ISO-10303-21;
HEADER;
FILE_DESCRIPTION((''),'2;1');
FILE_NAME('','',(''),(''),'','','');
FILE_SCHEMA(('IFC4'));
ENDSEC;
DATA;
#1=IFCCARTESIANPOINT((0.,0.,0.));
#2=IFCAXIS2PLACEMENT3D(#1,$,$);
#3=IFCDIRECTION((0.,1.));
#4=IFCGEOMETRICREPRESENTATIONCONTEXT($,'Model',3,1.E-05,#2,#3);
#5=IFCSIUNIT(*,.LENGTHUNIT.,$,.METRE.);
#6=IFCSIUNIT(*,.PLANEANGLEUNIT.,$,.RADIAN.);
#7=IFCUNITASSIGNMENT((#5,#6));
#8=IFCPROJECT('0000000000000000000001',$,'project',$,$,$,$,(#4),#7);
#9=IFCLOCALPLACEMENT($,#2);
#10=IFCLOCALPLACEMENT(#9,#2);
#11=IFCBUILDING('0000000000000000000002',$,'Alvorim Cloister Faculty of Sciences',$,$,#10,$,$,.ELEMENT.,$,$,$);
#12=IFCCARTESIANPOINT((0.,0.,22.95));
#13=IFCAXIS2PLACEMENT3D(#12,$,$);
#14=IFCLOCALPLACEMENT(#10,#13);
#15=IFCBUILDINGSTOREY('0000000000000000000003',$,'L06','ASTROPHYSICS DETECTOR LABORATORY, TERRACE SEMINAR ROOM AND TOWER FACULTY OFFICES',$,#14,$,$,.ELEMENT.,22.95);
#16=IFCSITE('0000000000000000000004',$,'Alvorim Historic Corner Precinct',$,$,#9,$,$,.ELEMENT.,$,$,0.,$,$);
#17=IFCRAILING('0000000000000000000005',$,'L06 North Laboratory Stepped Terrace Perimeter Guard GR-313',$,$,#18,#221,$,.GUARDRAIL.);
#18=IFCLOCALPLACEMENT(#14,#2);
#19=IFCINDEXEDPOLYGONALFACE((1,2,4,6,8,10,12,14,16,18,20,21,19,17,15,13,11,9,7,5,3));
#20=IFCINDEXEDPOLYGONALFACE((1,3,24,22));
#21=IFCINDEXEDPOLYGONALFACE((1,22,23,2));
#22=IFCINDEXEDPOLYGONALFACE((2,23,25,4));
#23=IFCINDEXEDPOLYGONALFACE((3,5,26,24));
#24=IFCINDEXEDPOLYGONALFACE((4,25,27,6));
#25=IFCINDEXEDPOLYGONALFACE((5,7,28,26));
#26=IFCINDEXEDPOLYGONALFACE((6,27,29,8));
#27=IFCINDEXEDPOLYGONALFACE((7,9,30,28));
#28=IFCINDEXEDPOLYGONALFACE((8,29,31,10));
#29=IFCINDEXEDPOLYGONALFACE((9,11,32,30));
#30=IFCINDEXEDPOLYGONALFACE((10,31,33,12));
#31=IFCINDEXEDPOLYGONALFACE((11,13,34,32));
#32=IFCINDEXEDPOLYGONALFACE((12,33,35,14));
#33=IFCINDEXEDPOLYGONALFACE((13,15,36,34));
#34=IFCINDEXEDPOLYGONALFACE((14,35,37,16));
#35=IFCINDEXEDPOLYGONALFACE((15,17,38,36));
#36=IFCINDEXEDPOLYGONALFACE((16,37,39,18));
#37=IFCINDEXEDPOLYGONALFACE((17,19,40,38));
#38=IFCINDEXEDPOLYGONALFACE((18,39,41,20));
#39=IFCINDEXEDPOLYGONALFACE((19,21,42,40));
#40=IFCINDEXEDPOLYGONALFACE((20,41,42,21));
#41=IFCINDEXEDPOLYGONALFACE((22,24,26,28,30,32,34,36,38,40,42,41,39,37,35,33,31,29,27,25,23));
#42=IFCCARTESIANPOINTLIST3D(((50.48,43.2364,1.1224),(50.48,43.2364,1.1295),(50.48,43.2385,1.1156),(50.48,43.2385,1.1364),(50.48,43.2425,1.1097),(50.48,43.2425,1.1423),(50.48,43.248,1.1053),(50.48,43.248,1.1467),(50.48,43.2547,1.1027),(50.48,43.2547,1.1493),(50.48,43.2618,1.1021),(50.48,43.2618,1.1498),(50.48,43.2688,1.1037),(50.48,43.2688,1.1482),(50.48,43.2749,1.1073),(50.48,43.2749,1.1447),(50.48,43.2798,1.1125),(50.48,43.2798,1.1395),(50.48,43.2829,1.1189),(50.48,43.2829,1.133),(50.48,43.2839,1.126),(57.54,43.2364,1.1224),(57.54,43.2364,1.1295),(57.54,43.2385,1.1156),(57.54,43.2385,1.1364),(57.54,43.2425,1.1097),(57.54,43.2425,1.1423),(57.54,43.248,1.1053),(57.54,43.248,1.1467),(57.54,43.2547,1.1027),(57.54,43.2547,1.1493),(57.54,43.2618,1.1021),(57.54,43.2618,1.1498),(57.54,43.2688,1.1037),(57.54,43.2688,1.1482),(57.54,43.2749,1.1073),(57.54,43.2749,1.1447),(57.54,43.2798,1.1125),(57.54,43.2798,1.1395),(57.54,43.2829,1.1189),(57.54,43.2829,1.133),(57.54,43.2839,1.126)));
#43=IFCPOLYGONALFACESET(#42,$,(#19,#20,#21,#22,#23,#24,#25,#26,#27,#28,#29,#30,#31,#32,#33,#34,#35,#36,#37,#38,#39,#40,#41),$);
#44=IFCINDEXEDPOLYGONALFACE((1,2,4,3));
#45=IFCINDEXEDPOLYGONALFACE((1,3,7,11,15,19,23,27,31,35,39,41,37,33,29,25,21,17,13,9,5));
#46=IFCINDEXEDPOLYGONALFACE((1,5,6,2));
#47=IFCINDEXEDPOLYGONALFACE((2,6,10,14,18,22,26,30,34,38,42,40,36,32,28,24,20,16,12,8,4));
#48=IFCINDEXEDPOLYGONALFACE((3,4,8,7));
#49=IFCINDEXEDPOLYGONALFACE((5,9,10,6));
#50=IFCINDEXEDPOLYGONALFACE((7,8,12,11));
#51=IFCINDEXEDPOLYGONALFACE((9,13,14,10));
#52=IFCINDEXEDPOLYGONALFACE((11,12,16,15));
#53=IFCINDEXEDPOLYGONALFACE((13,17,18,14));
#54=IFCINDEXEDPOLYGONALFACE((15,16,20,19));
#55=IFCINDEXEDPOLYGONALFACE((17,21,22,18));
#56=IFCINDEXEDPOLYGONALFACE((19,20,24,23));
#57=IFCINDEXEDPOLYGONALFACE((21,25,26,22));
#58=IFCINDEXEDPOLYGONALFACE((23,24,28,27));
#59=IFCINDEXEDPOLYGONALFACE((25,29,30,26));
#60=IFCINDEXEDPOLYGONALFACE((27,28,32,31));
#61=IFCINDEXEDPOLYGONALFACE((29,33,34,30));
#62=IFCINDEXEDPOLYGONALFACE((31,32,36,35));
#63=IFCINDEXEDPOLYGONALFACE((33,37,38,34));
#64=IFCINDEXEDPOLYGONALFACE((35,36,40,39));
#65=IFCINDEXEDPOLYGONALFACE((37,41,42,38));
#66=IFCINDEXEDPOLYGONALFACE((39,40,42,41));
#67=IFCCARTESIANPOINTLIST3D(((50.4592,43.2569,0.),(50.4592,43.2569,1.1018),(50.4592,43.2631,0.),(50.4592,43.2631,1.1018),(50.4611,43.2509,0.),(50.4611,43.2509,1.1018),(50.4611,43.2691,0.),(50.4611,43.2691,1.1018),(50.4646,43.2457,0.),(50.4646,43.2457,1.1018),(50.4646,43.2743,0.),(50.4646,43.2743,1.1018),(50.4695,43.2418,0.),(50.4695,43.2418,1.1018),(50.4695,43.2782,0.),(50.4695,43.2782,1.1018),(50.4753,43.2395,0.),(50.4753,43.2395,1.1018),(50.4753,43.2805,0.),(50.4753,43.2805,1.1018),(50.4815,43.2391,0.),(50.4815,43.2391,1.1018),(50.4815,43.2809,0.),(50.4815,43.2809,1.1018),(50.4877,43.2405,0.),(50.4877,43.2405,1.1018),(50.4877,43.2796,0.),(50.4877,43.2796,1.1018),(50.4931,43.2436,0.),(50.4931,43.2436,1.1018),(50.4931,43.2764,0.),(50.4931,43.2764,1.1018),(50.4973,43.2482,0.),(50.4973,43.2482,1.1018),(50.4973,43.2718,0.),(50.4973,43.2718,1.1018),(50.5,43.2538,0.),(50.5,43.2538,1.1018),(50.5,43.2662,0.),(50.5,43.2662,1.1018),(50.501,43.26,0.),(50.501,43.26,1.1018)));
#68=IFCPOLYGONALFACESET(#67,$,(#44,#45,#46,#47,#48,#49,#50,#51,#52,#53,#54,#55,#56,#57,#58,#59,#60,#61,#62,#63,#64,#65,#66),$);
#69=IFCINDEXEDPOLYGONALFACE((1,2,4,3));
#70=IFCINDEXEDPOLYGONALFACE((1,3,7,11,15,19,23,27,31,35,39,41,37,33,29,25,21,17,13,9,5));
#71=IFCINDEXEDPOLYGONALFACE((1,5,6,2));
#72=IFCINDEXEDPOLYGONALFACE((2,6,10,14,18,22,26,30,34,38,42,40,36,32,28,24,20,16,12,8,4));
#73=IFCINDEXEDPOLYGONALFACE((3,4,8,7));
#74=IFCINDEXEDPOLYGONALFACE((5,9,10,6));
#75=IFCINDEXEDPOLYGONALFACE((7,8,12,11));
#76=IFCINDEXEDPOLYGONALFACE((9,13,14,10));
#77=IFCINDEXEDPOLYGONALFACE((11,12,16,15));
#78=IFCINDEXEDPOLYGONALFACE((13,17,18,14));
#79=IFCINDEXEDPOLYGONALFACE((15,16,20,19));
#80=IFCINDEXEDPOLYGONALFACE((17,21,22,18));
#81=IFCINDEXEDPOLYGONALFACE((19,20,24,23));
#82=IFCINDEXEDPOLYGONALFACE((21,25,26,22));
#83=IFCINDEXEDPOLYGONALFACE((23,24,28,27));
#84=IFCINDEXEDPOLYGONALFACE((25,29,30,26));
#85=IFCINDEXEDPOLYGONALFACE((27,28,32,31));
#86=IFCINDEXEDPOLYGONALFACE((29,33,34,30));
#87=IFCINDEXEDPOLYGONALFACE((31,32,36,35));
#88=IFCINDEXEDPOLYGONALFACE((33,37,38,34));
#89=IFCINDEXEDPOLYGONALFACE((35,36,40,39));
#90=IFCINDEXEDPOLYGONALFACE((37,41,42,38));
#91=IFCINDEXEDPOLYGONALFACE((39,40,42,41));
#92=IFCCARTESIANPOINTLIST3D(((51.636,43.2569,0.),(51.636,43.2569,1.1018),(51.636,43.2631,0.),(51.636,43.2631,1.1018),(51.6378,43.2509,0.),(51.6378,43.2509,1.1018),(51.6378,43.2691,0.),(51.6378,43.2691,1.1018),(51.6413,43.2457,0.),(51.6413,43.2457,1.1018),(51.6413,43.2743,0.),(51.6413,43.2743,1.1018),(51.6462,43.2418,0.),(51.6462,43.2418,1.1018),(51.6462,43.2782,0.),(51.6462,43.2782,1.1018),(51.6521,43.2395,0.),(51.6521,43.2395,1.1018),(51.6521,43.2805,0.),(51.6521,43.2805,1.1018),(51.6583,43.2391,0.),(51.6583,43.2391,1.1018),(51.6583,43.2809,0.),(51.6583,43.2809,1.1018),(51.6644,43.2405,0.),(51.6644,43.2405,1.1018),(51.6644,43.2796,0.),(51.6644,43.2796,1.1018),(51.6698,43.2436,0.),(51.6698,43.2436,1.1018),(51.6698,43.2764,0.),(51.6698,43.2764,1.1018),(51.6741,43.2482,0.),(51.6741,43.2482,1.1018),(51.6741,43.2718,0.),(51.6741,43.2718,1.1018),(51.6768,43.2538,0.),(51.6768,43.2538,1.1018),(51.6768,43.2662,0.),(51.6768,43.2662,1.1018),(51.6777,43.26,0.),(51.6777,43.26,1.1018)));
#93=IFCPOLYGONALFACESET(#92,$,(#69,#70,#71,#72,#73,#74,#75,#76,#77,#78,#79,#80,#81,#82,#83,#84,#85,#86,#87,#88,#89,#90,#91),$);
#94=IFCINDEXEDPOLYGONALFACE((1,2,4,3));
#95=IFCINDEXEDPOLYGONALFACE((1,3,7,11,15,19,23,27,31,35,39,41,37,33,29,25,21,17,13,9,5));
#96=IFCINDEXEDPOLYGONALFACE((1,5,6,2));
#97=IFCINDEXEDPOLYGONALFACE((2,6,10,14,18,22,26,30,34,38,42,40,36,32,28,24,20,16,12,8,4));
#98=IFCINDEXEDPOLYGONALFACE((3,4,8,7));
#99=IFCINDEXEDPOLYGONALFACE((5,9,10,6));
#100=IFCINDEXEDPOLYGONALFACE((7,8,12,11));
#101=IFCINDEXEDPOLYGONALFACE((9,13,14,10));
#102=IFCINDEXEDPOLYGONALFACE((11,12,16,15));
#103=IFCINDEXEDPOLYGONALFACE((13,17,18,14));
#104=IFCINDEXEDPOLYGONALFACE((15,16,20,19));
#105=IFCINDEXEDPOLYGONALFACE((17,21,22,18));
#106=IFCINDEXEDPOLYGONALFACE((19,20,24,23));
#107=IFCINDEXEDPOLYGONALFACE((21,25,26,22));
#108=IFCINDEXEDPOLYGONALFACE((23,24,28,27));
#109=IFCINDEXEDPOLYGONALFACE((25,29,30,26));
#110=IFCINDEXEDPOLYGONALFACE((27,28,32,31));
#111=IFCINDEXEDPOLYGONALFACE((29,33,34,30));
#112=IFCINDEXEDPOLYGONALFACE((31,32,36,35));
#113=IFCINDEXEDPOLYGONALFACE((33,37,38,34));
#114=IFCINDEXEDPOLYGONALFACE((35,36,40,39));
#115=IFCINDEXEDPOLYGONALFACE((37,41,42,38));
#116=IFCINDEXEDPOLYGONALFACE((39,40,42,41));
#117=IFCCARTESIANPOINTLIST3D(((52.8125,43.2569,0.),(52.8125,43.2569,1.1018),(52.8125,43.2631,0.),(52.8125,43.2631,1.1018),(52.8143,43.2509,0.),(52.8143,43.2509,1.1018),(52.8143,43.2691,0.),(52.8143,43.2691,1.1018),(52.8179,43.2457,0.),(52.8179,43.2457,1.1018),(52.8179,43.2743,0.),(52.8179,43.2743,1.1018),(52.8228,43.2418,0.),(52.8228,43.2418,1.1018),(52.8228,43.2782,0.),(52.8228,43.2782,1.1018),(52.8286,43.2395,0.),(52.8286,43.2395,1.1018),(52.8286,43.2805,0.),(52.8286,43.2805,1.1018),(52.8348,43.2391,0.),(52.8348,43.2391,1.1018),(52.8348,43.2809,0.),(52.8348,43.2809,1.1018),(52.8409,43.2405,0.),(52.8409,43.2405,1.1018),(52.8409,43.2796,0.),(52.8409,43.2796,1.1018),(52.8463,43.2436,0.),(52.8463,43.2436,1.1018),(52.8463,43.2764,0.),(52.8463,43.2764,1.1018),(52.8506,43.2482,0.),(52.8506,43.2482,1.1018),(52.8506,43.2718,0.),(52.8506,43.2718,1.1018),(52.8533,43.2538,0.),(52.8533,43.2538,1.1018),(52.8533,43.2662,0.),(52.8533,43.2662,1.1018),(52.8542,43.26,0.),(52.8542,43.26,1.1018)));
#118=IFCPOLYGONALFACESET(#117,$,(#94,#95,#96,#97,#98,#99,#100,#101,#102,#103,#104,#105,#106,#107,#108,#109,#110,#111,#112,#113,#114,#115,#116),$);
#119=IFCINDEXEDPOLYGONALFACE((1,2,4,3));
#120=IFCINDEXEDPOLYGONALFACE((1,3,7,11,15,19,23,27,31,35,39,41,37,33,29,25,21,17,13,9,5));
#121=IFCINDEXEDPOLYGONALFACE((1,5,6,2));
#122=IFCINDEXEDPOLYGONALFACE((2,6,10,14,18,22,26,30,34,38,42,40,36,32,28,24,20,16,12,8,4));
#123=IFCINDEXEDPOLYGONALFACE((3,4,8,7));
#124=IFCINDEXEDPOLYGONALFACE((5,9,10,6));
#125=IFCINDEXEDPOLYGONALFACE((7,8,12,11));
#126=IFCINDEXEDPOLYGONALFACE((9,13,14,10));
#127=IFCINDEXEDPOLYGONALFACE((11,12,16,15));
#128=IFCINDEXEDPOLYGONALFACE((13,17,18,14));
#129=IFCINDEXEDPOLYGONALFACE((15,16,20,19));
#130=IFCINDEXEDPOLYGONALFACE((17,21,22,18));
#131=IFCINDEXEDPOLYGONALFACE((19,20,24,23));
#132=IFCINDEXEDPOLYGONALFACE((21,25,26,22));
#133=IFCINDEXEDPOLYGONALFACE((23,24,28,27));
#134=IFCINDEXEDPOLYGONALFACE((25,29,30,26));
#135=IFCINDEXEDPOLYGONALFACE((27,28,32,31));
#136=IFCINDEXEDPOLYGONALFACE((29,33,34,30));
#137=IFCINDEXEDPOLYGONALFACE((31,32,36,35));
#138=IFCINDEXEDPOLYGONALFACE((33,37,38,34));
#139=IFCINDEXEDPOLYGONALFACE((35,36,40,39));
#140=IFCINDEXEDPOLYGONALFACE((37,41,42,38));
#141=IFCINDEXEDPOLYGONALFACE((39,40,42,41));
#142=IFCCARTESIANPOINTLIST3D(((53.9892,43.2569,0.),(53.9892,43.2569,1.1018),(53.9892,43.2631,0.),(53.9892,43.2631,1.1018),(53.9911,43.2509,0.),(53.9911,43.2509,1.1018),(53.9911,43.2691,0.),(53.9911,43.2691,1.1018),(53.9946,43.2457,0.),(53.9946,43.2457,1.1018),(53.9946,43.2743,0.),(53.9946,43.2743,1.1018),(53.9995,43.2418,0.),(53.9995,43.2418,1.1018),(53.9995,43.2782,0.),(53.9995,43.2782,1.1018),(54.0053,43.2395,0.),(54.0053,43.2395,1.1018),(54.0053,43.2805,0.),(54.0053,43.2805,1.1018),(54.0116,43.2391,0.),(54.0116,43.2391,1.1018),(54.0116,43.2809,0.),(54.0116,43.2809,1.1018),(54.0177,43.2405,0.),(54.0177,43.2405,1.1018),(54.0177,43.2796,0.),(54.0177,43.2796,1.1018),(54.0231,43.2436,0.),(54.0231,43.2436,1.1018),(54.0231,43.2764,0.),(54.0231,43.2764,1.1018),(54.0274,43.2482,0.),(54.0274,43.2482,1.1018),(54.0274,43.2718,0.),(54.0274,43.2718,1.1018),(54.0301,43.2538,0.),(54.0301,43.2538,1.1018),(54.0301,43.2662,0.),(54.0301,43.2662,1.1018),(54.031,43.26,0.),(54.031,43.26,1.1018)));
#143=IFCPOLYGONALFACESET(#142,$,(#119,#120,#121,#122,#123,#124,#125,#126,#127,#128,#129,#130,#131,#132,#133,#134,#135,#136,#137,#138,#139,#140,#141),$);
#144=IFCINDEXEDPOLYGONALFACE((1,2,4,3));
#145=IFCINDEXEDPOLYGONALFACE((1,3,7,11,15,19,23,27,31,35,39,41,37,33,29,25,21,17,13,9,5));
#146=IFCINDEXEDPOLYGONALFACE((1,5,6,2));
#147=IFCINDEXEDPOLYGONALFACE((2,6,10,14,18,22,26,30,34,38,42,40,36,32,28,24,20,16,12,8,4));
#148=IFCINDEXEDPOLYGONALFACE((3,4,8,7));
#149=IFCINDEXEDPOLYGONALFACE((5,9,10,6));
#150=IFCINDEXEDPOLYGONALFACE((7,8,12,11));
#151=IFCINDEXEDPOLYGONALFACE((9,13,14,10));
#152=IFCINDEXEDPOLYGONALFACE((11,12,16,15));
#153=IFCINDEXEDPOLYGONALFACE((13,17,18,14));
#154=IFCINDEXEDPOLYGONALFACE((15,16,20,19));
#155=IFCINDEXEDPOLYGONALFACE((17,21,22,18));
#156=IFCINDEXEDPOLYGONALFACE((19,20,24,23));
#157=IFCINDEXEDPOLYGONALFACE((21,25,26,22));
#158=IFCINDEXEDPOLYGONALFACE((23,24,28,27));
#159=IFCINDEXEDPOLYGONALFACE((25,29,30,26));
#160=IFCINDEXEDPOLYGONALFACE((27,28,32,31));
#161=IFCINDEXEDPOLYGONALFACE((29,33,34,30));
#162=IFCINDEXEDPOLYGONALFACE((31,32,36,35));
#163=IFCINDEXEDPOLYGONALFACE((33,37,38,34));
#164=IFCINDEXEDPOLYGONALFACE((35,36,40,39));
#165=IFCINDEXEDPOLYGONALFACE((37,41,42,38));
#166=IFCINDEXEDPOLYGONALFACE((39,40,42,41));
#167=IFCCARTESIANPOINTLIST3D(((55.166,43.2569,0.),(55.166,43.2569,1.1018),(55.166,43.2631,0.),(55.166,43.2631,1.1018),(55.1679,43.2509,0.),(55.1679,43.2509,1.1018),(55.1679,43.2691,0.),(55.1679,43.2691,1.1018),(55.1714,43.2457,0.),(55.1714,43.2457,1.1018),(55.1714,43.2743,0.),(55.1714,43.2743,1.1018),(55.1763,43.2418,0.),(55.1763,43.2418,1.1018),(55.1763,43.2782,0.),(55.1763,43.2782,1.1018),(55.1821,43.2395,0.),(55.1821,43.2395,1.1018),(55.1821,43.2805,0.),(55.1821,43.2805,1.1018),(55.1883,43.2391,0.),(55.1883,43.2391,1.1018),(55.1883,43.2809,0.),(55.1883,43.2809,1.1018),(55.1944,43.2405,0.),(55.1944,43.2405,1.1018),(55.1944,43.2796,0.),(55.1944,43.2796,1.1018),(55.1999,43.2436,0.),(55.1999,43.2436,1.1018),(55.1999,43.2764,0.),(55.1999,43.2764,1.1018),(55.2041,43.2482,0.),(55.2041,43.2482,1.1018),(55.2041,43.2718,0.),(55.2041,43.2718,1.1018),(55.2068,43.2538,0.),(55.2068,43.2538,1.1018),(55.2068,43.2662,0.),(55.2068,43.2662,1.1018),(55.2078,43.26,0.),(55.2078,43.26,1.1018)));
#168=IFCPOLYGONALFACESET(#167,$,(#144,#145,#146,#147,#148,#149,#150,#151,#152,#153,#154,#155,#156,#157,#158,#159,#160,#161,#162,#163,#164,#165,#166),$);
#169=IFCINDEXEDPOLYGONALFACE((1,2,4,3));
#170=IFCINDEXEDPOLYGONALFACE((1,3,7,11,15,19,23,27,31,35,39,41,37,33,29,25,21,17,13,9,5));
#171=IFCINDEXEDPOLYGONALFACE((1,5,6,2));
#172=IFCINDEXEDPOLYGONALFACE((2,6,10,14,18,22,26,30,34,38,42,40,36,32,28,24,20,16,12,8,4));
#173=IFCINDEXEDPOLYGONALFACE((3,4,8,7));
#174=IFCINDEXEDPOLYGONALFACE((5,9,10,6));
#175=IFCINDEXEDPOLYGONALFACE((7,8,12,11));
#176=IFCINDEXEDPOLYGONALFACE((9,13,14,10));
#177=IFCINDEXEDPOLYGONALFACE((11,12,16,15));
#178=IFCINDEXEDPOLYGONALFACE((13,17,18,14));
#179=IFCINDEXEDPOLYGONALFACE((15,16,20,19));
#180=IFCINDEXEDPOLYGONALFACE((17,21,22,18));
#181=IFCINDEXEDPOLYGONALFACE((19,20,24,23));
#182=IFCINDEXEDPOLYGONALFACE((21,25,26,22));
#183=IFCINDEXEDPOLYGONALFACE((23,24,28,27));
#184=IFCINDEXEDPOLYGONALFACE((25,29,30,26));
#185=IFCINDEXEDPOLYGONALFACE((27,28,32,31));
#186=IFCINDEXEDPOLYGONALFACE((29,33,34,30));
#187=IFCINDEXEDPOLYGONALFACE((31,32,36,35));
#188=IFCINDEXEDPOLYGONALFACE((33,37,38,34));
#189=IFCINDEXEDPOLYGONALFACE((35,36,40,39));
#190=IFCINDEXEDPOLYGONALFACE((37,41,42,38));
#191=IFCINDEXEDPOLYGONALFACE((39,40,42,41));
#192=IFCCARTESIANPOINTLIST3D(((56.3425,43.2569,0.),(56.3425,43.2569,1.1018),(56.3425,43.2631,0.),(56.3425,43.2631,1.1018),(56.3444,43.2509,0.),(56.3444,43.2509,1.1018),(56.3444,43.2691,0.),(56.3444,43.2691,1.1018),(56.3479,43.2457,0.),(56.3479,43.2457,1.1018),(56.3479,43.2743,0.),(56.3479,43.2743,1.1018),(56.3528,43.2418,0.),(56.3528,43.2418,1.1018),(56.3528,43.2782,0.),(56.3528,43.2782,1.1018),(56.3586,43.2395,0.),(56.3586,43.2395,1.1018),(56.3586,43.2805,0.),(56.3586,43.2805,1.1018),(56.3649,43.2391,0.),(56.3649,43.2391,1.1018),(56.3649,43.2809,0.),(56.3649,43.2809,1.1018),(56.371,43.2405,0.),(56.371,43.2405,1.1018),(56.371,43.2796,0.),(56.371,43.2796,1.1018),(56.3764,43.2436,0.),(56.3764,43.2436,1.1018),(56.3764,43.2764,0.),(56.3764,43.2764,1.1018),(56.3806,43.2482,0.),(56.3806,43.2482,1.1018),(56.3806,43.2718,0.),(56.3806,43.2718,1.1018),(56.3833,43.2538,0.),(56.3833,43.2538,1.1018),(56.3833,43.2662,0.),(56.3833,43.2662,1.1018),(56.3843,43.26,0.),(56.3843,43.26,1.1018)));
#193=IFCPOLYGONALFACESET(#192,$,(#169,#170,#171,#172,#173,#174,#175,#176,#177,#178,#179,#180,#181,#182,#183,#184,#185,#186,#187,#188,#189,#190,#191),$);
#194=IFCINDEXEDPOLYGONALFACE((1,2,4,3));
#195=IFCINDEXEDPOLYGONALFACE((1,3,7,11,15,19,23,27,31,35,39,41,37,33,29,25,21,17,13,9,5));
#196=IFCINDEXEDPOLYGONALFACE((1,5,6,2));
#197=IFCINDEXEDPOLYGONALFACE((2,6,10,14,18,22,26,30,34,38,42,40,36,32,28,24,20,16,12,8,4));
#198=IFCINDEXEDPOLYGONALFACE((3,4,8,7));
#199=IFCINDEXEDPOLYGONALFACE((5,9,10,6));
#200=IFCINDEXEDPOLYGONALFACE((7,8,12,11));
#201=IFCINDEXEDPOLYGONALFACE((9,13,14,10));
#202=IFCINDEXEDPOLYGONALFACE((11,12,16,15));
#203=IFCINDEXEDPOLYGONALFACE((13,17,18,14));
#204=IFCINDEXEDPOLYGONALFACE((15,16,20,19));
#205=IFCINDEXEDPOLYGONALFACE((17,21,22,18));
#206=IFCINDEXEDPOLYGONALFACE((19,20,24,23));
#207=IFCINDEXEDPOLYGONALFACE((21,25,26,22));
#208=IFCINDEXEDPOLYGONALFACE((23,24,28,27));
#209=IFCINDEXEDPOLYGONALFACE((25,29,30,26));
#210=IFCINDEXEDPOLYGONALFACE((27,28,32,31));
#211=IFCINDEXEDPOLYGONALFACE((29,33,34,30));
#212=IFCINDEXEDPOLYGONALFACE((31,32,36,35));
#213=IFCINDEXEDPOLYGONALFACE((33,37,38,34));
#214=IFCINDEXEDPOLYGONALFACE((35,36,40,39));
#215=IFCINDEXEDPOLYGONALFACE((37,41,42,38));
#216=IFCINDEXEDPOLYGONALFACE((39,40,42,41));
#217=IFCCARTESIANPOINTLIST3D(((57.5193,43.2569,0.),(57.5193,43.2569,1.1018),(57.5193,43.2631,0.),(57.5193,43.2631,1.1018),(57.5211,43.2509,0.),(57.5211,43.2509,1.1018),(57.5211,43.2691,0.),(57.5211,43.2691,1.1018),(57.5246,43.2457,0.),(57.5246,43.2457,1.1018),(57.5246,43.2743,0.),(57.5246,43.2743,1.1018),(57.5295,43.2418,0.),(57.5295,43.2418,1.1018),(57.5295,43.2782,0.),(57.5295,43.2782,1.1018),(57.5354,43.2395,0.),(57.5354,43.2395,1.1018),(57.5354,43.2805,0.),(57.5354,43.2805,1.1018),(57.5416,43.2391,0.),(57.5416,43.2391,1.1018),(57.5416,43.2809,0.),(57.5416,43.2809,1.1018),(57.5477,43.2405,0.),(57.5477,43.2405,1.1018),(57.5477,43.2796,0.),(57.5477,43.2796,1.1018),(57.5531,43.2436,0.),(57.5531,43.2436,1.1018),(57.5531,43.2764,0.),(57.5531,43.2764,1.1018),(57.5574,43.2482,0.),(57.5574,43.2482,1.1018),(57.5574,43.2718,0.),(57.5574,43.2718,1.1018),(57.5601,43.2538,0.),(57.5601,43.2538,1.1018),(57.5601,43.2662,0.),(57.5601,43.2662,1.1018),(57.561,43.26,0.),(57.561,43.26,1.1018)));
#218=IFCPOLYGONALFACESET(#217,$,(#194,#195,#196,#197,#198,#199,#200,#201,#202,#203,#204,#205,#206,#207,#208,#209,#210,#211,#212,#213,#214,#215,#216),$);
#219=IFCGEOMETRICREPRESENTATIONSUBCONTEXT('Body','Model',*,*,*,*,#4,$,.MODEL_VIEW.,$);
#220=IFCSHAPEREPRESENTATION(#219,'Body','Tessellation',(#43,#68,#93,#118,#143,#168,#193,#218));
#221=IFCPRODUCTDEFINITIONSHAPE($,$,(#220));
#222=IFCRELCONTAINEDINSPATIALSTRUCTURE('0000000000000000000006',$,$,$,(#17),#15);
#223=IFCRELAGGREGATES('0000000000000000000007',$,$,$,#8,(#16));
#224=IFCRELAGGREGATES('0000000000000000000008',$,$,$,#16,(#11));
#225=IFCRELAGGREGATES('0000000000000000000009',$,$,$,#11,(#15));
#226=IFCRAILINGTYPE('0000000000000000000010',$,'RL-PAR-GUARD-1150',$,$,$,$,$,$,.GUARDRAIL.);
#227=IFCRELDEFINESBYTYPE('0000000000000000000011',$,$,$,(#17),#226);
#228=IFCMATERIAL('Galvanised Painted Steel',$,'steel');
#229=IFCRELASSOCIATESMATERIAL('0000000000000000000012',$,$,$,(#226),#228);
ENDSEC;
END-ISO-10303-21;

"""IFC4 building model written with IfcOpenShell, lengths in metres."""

from ifc_helpers import new_model, si_unit, direction, frame, origin, origin_2d, place, context, subcontext, project, spatial, circle, extrude, material, type_object, element, save


model = new_model("IFC4")

# Units and contexts
model_context = context("Model", 3, precision=1e-05, world=origin(), true_north=direction((0.0, 1.0)))
body_context = subcontext(model_context, "Body", "Model", "MODEL_VIEW")
ifc_project = project(units=[si_unit("LENGTHUNIT", "METRE"), si_unit("PLANEANGLEUNIT", "RADIAN")], contexts=[model_context])

# Site, building, storey
site_placement = place(None, origin())
site = spatial("IfcSite", under=ifc_project, at=site_placement, Name="Alvorim Historic Corner Precinct", CompositionType="ELEMENT", RefElevation=0.0)
building_placement = place(site_placement, origin())
building = spatial("IfcBuilding", under=site, at=building_placement, Name="Alvorim Cloister Faculty of Sciences", CompositionType="ELEMENT")
storey_placement = place(building_placement, frame((0.0, 0.0, 22.95)))
storey = spatial("IfcBuildingStorey", under=building, at=storey_placement, Name="L06", Description="ASTROPHYSICS DETECTOR LABORATORY, TERRACE SEMINAR ROOM AND TOWER FACULTY OFFICES", CompositionType="ELEMENT", Elevation=22.95)

# Railing
ifc_material_1 = material(Name="Galvanised Painted Steel", Category="steel")
railing_type = type_object("IfcRailingType", Name="RL-PAR-GUARD-1150", PredefinedType="GUARDRAIL", material=ifc_material_1)
railing_1_placement = place(storey_placement, frame((50.48, 43.26, 0.0)))
element("IfcRailing", 1, at=railing_1_placement, inside=storey, type_object=railing_type, Name="L06 North Laboratory Stepped Terrace Perimeter Guard GR-313", PredefinedType="GUARDRAIL", context=body_context, shape_type="SweptSolid", body=[
    extrude(circle(Radius=0.0239, at=origin_2d()), frame((0.0, 0.0, 1.126), z_axis=(1.0, 0.0, 0.0), x_axis=(0.0, 1.0, 0.0)), (0.0, 0.0, 1.0), 7.0601),
    extrude(circle(Radius=0.021, at=origin_2d()), origin(), (0.0, 0.0, 1.0), 1.1018),
    extrude(circle(Radius=0.021, at=origin_2d()), frame((1.1768, 0.0, 0.0)), (0.0, 0.0, 1.0), 1.1018),
    extrude(circle(Radius=0.021, at=origin_2d()), frame((2.3533, 0.0, 0.0)), (0.0, 0.0, 1.0), 1.1018),
    extrude(circle(Radius=0.021, at=origin_2d()), frame((3.53, 0.0, 0.0)), (0.0, 0.0, 1.0), 1.1018),
    extrude(circle(Radius=0.021, at=origin_2d()), frame((4.7068, 0.0, 0.0)), (0.0, 0.0, 1.0), 1.1018),
    extrude(circle(Radius=0.021, at=origin_2d()), frame((5.8833, 0.0, 0.0)), (0.0, 0.0, 1.0), 1.1018),
    extrude(circle(Radius=0.021, at=origin_2d()), frame((7.0601, 0.0, 0.0)), (0.0, 0.0, 1.0), 1.1018),
])

save(model, "model.ifc")
